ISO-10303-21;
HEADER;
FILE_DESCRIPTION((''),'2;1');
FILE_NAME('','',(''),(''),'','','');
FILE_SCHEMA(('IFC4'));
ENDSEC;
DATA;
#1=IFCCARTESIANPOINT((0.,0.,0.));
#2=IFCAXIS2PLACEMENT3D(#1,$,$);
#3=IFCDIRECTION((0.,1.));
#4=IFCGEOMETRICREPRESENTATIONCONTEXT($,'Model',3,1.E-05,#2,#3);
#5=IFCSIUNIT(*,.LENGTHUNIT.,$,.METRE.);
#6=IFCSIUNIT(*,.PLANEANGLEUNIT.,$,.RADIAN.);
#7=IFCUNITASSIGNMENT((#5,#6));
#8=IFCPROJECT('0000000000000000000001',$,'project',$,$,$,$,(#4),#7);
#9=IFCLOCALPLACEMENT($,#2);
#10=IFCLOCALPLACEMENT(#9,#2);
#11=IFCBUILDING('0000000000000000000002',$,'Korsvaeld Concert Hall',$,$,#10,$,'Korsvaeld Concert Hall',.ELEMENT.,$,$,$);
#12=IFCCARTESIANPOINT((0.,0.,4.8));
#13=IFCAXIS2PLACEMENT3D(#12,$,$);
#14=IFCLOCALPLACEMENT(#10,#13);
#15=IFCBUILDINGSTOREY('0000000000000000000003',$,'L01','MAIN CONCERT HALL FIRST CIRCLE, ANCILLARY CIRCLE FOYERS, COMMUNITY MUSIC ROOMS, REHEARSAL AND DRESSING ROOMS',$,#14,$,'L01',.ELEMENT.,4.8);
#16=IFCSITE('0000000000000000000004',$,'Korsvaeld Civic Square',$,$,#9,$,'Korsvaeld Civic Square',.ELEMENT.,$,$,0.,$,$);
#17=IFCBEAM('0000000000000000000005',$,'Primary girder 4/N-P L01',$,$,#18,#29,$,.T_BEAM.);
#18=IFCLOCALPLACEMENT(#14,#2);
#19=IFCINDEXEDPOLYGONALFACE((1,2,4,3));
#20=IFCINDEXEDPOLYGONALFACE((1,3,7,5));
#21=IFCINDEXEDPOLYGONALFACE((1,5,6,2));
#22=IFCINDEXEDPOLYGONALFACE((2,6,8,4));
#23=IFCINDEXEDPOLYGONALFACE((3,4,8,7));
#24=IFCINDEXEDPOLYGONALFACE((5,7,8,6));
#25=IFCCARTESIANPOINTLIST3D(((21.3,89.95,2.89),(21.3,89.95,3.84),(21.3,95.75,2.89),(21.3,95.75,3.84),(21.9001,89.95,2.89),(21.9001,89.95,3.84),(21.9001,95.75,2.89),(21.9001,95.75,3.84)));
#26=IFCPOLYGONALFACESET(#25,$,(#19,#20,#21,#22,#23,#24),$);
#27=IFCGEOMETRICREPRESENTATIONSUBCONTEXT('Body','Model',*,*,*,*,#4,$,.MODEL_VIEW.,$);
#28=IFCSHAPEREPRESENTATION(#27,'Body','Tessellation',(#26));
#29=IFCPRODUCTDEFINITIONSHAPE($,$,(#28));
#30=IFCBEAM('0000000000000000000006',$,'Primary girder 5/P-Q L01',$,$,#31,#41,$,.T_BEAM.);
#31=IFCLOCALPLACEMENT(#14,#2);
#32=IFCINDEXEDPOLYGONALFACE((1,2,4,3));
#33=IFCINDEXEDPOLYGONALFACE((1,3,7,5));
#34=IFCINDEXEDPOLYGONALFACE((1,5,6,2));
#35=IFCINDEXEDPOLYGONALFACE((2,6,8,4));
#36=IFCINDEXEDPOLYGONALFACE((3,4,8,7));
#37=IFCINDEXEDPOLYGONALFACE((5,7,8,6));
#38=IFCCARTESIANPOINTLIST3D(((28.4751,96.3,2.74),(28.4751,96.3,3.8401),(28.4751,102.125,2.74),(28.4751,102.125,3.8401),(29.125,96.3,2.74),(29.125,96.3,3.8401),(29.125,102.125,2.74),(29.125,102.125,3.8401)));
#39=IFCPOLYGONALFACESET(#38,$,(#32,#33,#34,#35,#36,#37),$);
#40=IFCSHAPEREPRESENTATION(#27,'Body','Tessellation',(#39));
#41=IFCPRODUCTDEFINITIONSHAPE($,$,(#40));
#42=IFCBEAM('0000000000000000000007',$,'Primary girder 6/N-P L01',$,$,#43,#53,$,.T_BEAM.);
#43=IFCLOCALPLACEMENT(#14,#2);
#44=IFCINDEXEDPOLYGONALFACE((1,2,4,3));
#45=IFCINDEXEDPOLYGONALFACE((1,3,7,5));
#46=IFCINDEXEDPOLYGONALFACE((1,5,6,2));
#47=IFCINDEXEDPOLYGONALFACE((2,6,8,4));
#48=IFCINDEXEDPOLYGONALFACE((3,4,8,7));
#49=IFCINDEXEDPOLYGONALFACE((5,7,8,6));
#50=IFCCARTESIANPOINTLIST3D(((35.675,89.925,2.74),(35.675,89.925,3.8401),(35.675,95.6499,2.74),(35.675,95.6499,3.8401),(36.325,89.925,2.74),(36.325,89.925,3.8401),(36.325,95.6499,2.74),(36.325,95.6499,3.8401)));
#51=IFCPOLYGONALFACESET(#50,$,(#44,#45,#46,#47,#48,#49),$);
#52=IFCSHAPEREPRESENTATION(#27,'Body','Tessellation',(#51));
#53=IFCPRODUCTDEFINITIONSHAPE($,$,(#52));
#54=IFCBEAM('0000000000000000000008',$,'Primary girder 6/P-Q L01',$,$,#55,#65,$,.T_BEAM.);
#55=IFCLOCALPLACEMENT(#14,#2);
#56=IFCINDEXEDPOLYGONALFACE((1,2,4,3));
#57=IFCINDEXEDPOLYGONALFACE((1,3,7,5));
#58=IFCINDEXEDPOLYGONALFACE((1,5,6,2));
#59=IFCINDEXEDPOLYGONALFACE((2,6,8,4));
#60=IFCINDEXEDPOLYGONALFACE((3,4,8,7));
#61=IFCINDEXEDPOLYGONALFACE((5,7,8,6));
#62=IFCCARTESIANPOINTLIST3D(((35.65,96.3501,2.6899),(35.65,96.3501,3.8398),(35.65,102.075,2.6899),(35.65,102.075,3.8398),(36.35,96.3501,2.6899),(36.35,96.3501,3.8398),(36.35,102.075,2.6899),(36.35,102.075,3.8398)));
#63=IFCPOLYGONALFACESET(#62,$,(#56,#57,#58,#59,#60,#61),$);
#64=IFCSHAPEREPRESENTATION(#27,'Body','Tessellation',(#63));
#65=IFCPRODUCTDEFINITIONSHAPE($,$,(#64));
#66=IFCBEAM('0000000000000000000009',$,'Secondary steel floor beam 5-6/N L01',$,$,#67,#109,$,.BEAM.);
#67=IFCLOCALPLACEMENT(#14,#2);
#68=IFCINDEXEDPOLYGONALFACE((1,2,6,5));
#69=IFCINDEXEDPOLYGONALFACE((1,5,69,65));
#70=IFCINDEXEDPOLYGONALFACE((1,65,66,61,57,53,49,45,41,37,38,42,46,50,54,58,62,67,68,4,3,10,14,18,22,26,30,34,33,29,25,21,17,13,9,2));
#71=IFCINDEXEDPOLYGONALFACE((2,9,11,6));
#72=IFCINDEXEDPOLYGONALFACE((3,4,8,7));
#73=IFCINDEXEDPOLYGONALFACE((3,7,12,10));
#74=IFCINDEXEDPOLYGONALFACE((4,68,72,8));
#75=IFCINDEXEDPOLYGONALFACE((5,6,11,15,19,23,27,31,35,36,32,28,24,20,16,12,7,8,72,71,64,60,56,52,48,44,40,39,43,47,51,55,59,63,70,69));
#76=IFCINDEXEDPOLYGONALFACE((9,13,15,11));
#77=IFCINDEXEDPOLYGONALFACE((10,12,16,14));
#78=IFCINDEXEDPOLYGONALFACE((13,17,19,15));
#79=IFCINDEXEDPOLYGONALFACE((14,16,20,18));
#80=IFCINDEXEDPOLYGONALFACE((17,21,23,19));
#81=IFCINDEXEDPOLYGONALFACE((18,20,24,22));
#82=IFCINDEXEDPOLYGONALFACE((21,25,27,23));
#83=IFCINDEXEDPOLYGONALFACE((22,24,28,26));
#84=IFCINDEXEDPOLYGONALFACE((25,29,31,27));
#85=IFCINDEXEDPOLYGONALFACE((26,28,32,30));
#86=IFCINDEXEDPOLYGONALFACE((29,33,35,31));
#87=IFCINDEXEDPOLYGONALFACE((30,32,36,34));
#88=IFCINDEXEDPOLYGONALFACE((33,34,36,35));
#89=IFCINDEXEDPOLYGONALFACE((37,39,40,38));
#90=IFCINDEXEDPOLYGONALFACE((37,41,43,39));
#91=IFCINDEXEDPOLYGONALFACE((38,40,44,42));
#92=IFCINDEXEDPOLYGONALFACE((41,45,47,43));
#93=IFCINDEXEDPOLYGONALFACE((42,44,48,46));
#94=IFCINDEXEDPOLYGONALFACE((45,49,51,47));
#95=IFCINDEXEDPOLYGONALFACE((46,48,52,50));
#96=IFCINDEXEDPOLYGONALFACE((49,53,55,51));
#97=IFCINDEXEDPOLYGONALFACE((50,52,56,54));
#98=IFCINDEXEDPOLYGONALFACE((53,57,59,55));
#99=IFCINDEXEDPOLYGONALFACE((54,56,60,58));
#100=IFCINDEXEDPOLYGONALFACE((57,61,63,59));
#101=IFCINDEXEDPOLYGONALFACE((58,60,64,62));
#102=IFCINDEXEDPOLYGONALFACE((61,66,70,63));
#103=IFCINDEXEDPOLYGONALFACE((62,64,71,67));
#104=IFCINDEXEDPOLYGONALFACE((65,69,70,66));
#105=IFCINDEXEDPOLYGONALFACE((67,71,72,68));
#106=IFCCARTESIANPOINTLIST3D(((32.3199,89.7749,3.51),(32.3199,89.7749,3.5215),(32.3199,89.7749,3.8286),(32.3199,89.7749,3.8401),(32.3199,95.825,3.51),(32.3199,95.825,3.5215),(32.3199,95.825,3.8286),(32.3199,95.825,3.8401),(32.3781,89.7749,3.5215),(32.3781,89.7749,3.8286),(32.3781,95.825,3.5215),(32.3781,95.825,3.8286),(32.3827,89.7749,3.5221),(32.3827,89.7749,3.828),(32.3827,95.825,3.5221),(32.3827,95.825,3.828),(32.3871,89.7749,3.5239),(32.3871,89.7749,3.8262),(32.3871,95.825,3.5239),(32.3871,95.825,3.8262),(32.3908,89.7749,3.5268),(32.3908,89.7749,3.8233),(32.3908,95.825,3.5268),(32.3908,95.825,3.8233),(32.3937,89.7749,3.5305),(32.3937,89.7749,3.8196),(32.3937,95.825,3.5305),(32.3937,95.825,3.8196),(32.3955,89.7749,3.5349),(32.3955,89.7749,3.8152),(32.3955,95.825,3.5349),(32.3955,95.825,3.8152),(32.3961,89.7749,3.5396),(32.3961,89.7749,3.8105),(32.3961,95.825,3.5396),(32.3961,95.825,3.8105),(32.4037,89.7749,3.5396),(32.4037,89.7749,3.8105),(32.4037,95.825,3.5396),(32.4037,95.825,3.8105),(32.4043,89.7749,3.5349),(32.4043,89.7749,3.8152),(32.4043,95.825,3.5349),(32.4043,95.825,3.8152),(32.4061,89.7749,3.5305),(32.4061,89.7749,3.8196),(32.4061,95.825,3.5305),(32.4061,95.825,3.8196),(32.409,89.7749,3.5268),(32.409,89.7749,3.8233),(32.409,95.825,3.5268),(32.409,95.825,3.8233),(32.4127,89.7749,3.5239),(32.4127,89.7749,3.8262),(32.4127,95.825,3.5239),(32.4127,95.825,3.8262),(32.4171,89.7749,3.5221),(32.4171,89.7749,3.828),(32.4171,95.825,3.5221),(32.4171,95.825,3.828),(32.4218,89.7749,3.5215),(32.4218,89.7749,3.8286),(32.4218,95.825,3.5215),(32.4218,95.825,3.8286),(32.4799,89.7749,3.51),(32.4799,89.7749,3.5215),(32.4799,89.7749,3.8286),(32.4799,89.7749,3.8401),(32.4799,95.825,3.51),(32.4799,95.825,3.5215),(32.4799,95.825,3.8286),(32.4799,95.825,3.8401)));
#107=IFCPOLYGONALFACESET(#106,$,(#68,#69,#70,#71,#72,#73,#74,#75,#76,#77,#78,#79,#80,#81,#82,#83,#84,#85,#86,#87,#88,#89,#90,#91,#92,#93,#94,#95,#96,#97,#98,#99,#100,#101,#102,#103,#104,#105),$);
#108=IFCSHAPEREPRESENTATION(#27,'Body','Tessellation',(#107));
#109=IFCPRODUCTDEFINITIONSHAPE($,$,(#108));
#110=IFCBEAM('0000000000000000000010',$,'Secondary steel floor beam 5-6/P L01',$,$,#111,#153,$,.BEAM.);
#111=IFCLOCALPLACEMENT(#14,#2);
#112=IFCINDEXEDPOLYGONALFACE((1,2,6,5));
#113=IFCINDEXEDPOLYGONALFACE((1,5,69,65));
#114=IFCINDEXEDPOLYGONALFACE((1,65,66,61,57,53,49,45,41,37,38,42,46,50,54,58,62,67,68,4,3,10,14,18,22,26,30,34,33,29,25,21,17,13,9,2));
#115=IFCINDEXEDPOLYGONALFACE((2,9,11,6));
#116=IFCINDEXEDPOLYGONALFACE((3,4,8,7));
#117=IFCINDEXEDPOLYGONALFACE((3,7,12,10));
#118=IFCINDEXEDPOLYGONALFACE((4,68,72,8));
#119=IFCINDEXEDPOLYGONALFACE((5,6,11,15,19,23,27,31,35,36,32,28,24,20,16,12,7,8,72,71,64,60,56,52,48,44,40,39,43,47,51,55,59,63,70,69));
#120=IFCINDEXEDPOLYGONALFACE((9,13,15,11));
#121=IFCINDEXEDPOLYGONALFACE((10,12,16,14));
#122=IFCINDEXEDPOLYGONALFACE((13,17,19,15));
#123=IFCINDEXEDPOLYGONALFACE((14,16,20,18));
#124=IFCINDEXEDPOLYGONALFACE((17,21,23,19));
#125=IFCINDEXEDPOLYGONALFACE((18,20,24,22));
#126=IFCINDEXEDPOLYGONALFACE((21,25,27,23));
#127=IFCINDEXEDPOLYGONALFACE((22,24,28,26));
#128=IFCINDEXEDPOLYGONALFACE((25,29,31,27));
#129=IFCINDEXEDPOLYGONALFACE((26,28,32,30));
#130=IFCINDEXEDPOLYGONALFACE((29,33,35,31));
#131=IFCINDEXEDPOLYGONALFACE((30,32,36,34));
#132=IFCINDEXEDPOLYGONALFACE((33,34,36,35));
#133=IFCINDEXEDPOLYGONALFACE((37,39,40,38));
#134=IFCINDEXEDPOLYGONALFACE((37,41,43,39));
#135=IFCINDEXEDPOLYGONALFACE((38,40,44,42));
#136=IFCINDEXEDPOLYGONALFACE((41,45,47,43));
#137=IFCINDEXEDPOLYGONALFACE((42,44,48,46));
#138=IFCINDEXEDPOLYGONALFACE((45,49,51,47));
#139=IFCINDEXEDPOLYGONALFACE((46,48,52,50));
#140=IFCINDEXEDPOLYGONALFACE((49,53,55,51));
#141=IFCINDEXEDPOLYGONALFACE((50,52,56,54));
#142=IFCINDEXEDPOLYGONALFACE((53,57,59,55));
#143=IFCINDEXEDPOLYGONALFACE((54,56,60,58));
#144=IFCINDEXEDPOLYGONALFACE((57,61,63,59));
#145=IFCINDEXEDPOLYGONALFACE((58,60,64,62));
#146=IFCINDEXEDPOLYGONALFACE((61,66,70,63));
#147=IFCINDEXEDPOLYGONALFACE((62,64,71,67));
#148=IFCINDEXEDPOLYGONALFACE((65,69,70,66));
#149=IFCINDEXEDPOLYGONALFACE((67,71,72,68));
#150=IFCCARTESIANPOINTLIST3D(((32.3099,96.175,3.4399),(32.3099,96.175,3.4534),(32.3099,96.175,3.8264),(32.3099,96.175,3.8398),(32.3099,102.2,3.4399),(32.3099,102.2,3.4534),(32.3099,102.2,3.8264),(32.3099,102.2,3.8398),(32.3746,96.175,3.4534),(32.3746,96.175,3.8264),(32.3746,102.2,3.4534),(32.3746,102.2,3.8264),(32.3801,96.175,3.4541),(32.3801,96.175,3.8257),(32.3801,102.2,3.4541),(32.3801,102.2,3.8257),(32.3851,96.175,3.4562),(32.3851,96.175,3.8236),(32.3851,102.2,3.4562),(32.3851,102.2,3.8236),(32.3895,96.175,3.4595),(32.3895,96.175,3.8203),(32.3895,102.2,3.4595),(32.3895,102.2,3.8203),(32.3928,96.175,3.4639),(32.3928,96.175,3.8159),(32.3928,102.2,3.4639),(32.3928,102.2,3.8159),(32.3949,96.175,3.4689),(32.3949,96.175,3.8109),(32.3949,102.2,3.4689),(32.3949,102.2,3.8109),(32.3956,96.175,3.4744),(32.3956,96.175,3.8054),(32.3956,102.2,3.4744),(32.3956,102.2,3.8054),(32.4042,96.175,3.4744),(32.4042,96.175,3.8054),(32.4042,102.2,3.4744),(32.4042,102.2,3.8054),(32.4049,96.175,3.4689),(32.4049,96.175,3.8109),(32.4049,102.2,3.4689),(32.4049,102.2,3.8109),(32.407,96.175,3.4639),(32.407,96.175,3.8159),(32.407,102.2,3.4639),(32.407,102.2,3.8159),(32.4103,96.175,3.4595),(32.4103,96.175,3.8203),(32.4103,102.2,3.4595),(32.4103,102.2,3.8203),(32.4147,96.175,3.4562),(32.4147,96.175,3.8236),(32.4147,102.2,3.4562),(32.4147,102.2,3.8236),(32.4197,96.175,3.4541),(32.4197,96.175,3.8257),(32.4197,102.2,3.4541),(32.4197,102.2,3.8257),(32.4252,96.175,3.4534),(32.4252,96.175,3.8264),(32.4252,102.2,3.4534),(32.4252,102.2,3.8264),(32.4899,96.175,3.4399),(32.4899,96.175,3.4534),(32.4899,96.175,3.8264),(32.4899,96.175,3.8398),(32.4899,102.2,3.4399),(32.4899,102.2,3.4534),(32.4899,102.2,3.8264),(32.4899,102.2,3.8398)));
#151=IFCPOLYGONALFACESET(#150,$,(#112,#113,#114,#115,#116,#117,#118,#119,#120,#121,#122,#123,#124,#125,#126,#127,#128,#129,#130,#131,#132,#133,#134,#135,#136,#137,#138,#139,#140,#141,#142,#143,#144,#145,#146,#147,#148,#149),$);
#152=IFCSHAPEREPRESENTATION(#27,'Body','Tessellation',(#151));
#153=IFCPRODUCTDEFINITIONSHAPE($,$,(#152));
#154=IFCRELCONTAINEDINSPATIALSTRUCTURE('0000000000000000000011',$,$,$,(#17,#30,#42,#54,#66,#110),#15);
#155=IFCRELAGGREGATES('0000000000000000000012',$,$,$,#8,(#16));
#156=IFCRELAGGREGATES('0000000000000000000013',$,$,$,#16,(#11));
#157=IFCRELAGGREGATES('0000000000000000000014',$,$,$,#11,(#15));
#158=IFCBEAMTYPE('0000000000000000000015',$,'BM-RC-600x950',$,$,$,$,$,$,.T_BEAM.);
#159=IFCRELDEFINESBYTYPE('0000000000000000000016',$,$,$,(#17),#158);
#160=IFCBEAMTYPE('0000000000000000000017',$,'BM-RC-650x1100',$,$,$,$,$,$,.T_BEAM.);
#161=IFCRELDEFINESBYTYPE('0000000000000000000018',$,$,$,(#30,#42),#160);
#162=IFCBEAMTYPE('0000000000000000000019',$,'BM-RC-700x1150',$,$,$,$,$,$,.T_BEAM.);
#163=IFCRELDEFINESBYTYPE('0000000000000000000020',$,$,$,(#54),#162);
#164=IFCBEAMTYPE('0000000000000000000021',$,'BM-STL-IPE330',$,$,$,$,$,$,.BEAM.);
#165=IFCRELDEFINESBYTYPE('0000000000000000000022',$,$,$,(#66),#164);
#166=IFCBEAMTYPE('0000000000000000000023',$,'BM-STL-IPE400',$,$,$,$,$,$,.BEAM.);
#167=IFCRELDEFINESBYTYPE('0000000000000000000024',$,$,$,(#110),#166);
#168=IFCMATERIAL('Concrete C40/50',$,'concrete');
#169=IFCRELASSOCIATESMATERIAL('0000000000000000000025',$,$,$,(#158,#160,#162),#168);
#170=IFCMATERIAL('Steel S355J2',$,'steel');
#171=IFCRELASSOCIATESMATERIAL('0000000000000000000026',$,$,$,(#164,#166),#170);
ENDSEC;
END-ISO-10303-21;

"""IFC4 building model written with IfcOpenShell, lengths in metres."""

from ifc_helpers import new_model, si_unit, direction, frame, origin, origin_2d, place, context, subcontext, project, spatial, rectangle, i_section, extrude, material, material_profile, profile_set, type_object, element, save


model = new_model("IFC4")

# Units and contexts
model_context = context("Model", 3, precision=1e-05, world=origin(), true_north=direction((0.0, 1.0)))
body_context = subcontext(model_context, "Body", "Model", "MODEL_VIEW")
ifc_project = project(units=[si_unit("LENGTHUNIT", "METRE"), si_unit("PLANEANGLEUNIT", "RADIAN")], contexts=[model_context])

# Site, building, storey
site_placement = place(None, origin())
site = spatial("IfcSite", under=ifc_project, at=site_placement, Name="Korsvaeld Civic Square", LongName="Korsvaeld Civic Square", CompositionType="ELEMENT", RefElevation=0.0)
building_placement = place(site_placement, origin())
building = spatial("IfcBuilding", under=site, at=building_placement, Name="Korsvaeld Concert Hall", LongName="Korsvaeld Concert Hall", CompositionType="ELEMENT")
storey_placement = place(building_placement, frame((0.0, 0.0, 4.8)))
storey = spatial("IfcBuildingStorey", under=building, at=storey_placement, Name="L01", Description="MAIN CONCERT HALL FIRST CIRCLE, ANCILLARY CIRCLE FOYERS, COMMUNITY MUSIC ROOMS, REHEARSAL AND DRESSING ROOMS", LongName="L01", CompositionType="ELEMENT", Elevation=4.8)

# Shared definitions
ifc_material_1 = material(Name="Concrete C40/50", Category="concrete")

# Beams
ifc_material_profile_1 = material_profile(ifc_material_1, rectangle(XDim=0.6001, YDim=0.95, at=origin_2d()), Name="RC 600x950")
ifc_profile_set_1 = profile_set([ifc_material_profile_1], Name="Concrete C40/50")
beam_type_1 = type_object("IfcBeamType", Name="BM-RC-600x950", PredefinedType="T_BEAM", material=ifc_profile_set_1)
beam_1_placement = place(storey_placement, frame((21.6001, 89.95, 3.365), z_axis=(0.0, 1.0, 0.0), x_axis=(-1.0, 0.0, 0.0)))
element("IfcBeam", 1, at=beam_1_placement, inside=storey, type_object=beam_type_1, Name="Primary girder 4/N-P L01", PredefinedType="T_BEAM", context=body_context, shape_type="SweptSolid", body=[
    extrude(rectangle(XDim=0.6001, YDim=0.95, at=origin_2d()), origin(), (0.0, 0.0, 1.0), 5.8),
])
ifc_material_profile_2 = material_profile(ifc_material_1, rectangle(XDim=0.6499, YDim=1.1001, at=origin_2d()), Name="RC 650x1100")
ifc_profile_set_2 = profile_set([ifc_material_profile_2], Name="Concrete C40/50")
beam_type_2 = type_object("IfcBeamType", Name="BM-RC-650x1100", PredefinedType="T_BEAM", material=ifc_profile_set_2)
beam_2_placement = place(storey_placement, frame((28.8, 96.3, 3.29), z_axis=(0.0, 1.0, 0.0), x_axis=(-1.0, 0.0, 0.0)))
element("IfcBeam", 2, at=beam_2_placement, inside=storey, type_object=beam_type_2, Name="Primary girder 5/P-Q L01", PredefinedType="T_BEAM", context=body_context, shape_type="SweptSolid", body=[
    extrude(rectangle(XDim=0.6499, YDim=1.1001, at=origin_2d()), origin(), (0.0, 0.0, 1.0), 5.825),
])
beam_3_placement = place(storey_placement, frame((36.0, 89.925, 3.29), z_axis=(0.0, 1.0, 0.0), x_axis=(-1.0, 0.0, 0.0)))
element("IfcBeam", 3, at=beam_3_placement, inside=storey, type_object=beam_type_2, Name="Primary girder 6/N-P L01", PredefinedType="T_BEAM", context=body_context, shape_type="SweptSolid", body=[
    extrude(rectangle(XDim=0.6499, YDim=1.1001, at=origin_2d()), origin(), (0.0, 0.0, 1.0), 5.7249),
])
ifc_material_profile_3 = material_profile(ifc_material_1, rectangle(XDim=0.7, YDim=1.1499, at=origin_2d()), Name="RC 700x1150")
ifc_profile_set_3 = profile_set([ifc_material_profile_3], Name="Concrete C40/50")
beam_type_3 = type_object("IfcBeamType", Name="BM-RC-700x1150", PredefinedType="T_BEAM", material=ifc_profile_set_3)
beam_4_placement = place(storey_placement, frame((36.0, 96.3501, 3.2649), z_axis=(0.0, 1.0, 0.0), x_axis=(-1.0, 0.0, 0.0)))
element("IfcBeam", 4, at=beam_4_placement, inside=storey, type_object=beam_type_3, Name="Primary girder 6/P-Q L01", PredefinedType="T_BEAM", context=body_context, shape_type="SweptSolid", body=[
    extrude(rectangle(XDim=0.7, YDim=1.1499, at=origin_2d()), origin(), (0.0, 0.0, 1.0), 5.7249),
])
ifc_material_2 = material(Name="Steel S355J2", Category="steel")
ifc_material_profile_4 = material_profile(ifc_material_2, i_section(OverallWidth=0.1599, OverallDepth=0.3301, WebThickness=0.0076, FlangeThickness=0.0115, FilletRadius=0.0181, at=origin_2d()), Name="IPE 330")
ifc_profile_set_4 = profile_set([ifc_material_profile_4], Name="Steel S355J2")
beam_type_4 = type_object("IfcBeamType", Name="BM-STL-IPE330", PredefinedType="BEAM", material=ifc_profile_set_4)
beam_5_placement = place(storey_placement, frame((32.3999, 89.7749, 3.675), z_axis=(0.0, 1.0, 0.0), x_axis=(-1.0, 0.0, 0.0)))
element("IfcBeam", 5, at=beam_5_placement, inside=storey, type_object=beam_type_4, Name="Secondary steel floor beam 5-6/N L01", PredefinedType="BEAM", context=body_context, shape_type="SweptSolid", body=[
    extrude(i_section(OverallWidth=0.1599, OverallDepth=0.3301, WebThickness=0.0076, FlangeThickness=0.0115, FilletRadius=0.0181, at=origin_2d()), origin(), (0.0, 0.0, 1.0), 6.05),
])
ifc_material_profile_5 = material_profile(ifc_material_2, i_section(OverallWidth=0.1799, OverallDepth=0.3999, WebThickness=0.0085, FlangeThickness=0.0134, FilletRadius=0.021, at=origin_2d()), Name="IPE 400")
ifc_profile_set_5 = profile_set([ifc_material_profile_5], Name="Steel S355J2")
beam_type_5 = type_object("IfcBeamType", Name="BM-STL-IPE400", PredefinedType="BEAM", material=ifc_profile_set_5)
beam_6_placement = place(storey_placement, frame((32.3999, 96.175, 3.6399), z_axis=(0.0, 1.0, 0.0), x_axis=(-1.0, 0.0, 0.0)))
element("IfcBeam", 6, at=beam_6_placement, inside=storey, type_object=beam_type_5, Name="Secondary steel floor beam 5-6/P L01", PredefinedType="BEAM", context=body_context, shape_type="SweptSolid", body=[
    extrude(i_section(OverallWidth=0.1799, OverallDepth=0.3999, WebThickness=0.0085, FlangeThickness=0.0134, FilletRadius=0.021, at=origin_2d()), origin(), (0.0, 0.0, 1.0), 6.0249),
])

save(model, "model.ifc")
